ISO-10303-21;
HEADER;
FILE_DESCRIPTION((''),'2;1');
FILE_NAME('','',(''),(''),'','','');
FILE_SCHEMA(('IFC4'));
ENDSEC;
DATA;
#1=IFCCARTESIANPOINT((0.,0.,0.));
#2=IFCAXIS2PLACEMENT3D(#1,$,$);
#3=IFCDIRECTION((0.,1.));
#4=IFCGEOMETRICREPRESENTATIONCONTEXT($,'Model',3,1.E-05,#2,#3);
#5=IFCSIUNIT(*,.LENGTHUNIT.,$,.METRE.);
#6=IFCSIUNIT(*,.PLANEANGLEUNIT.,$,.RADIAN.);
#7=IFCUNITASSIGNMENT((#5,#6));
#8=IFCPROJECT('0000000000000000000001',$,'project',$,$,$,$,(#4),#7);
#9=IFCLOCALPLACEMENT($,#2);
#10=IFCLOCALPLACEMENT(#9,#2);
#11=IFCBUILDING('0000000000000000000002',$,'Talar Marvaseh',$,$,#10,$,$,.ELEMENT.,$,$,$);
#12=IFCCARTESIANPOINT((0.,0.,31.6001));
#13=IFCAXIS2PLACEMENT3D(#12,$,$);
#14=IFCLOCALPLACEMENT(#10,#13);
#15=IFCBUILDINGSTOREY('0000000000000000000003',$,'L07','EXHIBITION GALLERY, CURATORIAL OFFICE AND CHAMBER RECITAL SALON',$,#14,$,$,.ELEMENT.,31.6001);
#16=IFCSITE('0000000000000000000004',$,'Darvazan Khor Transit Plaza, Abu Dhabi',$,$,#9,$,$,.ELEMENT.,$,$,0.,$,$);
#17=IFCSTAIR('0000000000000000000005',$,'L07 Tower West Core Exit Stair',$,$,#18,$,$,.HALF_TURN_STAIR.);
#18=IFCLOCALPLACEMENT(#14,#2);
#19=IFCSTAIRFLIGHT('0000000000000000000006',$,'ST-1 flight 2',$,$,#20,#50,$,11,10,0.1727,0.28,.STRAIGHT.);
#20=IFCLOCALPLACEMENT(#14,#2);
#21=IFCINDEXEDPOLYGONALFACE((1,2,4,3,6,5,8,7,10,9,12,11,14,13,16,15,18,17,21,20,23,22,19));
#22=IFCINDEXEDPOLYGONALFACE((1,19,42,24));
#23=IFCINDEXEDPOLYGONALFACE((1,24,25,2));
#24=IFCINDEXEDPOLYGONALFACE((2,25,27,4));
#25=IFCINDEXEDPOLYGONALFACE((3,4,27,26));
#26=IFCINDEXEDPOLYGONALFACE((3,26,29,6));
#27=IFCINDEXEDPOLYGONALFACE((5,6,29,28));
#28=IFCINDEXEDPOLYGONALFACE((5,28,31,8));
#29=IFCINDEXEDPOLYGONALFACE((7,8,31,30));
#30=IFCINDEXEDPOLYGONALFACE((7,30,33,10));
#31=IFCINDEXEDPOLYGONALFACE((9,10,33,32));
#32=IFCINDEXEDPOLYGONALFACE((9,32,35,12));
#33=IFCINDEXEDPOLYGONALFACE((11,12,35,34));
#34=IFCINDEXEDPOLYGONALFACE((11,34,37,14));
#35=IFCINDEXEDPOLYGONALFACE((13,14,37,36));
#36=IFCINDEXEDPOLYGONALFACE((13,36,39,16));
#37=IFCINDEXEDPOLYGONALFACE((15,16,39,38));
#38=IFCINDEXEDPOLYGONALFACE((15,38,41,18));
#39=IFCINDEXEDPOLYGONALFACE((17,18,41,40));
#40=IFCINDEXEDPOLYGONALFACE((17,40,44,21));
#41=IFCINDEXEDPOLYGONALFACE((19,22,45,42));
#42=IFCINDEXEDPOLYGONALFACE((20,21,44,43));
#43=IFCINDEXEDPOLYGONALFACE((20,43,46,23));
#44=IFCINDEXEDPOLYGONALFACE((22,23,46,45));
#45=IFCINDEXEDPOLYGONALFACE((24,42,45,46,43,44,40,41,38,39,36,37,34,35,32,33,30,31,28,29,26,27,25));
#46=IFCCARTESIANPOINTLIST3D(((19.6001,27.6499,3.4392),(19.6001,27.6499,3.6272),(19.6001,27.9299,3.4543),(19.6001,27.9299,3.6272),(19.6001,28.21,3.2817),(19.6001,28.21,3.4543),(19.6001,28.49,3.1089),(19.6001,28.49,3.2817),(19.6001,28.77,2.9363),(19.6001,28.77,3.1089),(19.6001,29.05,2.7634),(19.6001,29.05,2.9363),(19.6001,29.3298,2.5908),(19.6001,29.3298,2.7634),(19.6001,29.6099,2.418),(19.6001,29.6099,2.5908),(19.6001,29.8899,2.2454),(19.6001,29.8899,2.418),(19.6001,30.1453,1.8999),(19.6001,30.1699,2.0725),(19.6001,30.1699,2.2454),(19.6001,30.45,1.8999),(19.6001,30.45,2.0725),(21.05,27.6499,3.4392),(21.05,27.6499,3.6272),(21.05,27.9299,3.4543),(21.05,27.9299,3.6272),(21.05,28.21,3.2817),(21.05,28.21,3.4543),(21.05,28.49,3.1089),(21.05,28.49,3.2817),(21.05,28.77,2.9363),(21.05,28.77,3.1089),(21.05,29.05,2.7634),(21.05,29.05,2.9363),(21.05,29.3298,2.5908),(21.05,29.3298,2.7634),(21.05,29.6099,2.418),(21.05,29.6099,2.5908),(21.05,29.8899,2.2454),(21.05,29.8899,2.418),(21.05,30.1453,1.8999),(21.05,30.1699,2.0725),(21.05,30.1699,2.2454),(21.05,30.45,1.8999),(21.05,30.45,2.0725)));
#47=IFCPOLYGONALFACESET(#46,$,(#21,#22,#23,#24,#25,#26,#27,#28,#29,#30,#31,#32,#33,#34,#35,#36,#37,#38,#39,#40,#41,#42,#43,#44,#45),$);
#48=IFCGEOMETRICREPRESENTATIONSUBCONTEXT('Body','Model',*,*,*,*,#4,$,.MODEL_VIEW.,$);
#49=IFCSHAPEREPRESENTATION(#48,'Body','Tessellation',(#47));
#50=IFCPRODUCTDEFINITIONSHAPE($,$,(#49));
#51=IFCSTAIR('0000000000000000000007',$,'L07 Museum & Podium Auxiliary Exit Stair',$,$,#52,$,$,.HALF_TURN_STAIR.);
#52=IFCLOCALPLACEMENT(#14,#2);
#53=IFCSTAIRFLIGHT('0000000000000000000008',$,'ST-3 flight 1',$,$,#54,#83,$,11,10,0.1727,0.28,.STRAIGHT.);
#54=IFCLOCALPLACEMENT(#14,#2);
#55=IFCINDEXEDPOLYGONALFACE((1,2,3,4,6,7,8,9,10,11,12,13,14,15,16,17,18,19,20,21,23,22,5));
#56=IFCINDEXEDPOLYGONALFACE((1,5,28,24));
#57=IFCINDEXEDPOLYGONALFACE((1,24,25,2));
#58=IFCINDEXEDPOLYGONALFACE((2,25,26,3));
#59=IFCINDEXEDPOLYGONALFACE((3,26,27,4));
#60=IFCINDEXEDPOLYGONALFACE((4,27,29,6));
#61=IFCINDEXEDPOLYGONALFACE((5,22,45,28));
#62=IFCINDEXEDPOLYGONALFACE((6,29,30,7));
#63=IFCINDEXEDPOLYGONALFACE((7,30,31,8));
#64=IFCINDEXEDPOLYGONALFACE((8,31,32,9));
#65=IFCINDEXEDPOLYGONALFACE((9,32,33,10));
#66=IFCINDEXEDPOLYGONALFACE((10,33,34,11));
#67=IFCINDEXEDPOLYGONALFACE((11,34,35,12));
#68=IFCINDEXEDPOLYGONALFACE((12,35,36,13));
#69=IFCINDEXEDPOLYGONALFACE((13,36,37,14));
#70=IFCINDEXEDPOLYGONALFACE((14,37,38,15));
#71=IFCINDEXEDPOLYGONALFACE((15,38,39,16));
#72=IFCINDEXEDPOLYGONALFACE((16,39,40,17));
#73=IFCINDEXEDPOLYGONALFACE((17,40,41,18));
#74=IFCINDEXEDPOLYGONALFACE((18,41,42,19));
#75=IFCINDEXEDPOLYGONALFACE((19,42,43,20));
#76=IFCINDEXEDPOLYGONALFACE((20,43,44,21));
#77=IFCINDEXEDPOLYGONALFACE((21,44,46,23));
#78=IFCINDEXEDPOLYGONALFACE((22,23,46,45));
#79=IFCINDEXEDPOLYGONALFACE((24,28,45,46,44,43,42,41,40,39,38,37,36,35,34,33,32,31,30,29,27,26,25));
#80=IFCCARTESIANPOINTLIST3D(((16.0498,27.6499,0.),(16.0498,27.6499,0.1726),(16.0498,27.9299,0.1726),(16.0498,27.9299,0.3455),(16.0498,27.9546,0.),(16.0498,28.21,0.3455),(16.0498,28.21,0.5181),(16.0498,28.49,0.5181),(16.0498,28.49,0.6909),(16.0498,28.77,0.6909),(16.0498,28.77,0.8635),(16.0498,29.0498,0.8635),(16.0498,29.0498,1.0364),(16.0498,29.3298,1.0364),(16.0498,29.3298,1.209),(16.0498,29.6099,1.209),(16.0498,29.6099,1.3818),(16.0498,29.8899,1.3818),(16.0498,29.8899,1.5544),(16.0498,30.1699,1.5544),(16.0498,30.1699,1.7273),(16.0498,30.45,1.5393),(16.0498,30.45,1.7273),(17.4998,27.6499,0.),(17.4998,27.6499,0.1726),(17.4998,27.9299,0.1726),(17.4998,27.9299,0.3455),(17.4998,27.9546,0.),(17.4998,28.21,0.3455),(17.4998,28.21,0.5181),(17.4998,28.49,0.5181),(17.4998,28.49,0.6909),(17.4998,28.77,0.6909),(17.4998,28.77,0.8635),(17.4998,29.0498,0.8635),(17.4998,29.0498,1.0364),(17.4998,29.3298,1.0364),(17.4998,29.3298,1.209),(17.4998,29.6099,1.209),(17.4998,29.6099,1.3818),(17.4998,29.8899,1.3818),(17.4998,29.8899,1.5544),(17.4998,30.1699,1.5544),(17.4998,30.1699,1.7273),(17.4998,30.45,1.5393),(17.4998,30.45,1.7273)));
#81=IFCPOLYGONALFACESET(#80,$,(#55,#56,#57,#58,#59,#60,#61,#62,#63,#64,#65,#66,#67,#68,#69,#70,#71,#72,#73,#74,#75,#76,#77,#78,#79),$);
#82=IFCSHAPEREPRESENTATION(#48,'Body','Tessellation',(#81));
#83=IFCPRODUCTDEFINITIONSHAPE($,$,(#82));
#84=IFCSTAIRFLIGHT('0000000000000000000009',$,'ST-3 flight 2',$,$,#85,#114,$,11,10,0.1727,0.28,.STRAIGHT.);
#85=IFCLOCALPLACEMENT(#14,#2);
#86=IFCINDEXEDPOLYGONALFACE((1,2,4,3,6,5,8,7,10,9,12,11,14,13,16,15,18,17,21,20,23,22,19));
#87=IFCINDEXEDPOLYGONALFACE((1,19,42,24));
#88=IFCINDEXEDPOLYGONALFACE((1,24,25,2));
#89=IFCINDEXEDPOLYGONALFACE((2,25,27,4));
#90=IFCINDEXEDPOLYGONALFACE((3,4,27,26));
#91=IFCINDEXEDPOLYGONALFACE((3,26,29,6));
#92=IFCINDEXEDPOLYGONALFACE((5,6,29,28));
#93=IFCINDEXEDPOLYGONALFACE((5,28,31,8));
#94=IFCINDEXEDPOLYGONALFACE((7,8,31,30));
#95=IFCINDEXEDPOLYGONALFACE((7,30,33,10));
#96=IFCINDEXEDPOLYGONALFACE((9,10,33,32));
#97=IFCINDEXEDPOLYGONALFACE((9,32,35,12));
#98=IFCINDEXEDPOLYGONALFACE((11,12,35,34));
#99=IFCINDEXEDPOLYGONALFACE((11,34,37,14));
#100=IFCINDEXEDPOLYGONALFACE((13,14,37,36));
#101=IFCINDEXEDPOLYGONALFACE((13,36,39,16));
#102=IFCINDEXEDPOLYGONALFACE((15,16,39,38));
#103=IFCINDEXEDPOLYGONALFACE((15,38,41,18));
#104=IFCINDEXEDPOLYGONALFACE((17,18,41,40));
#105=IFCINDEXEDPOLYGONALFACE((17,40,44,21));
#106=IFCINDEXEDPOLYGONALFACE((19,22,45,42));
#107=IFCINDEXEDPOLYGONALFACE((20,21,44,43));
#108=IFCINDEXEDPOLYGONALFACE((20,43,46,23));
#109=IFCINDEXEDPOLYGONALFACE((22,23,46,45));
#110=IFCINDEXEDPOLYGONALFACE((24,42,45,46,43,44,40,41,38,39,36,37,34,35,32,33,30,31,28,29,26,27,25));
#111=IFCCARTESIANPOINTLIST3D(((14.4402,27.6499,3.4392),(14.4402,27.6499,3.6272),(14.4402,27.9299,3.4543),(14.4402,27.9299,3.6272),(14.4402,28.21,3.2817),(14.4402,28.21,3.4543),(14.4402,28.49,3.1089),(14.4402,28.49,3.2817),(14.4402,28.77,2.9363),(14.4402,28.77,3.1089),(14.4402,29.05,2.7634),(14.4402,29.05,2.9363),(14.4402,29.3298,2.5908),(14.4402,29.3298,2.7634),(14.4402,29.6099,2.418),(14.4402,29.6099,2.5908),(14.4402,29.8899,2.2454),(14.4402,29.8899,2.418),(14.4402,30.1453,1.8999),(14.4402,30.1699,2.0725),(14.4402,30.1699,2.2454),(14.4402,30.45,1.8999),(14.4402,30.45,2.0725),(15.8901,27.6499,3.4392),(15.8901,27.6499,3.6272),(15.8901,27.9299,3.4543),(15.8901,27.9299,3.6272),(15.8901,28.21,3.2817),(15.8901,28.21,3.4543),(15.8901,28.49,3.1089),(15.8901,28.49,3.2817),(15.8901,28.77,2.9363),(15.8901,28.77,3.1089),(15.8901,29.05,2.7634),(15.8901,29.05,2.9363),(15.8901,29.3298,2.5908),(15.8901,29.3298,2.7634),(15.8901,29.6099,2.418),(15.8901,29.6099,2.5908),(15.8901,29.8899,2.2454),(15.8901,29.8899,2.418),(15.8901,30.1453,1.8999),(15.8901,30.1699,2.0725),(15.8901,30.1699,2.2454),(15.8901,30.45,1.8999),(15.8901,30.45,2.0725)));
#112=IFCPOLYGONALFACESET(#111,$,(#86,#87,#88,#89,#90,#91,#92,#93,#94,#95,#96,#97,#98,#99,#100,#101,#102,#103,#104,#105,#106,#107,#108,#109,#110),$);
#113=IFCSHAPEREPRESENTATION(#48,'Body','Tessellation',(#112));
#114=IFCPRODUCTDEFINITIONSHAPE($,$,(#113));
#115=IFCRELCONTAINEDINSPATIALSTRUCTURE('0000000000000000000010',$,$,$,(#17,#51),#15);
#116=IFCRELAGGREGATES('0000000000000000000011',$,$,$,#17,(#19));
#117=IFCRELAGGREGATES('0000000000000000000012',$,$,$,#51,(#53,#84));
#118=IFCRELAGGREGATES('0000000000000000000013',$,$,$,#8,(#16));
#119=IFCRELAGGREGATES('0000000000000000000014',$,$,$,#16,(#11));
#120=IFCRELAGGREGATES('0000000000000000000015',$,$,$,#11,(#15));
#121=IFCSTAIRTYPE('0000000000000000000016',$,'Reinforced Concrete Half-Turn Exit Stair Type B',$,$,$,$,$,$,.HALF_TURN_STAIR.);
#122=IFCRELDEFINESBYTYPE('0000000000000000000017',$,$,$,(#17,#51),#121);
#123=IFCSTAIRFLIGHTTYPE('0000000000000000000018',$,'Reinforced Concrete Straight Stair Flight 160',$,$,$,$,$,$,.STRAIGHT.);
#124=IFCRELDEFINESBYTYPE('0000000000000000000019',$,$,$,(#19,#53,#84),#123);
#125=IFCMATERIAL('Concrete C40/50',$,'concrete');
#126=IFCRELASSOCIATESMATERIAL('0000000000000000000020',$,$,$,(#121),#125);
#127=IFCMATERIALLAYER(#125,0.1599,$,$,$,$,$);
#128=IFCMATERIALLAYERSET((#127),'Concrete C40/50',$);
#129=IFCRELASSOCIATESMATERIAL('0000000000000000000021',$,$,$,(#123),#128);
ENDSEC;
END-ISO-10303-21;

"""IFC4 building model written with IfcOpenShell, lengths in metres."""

from ifc_helpers import new_model, si_unit, direction, frame, origin, place, context, subcontext, project, spatial, polyline, outline, extrude, material, layer, layer_set, type_object, element, aggregate, save


model = new_model("IFC4")

# Units and contexts
model_context = context("Model", 3, precision=1e-05, world=origin(), true_north=direction((0.0, 1.0)))
body_context = subcontext(model_context, "Body", "Model", "MODEL_VIEW")
ifc_project = project(units=[si_unit("LENGTHUNIT", "METRE"), si_unit("PLANEANGLEUNIT", "RADIAN")], contexts=[model_context])

# Site, building, storey
site_placement = place(None, origin())
site = spatial("IfcSite", under=ifc_project, at=site_placement, Name="Darvazan Khor Transit Plaza, Abu Dhabi", CompositionType="ELEMENT", RefElevation=0.0)
building_placement = place(site_placement, origin())
building = spatial("IfcBuilding", under=site, at=building_placement, Name="Talar Marvaseh", CompositionType="ELEMENT")
storey_placement = place(building_placement, frame((0.0, 0.0, 31.6001)))
storey = spatial("IfcBuildingStorey", under=building, at=storey_placement, Name="L07", Description="EXHIBITION GALLERY, CURATORIAL OFFICE AND CHAMBER RECITAL SALON", CompositionType="ELEMENT", Elevation=31.6001)

# Shared definitions
ifc_material_1 = material(Name="Concrete C40/50", Category="concrete")

# Stair, stair flight
stair_type = type_object("IfcStairType", Name="Reinforced Concrete Half-Turn Exit Stair Type B", PredefinedType="HALF_TURN_STAIR", material=ifc_material_1)
stair_1_placement = place(storey_placement, origin())
stair_1 = element("IfcStair", 1, at=stair_1_placement, inside=storey, type_object=stair_type, Name="L07 Tower West Core Exit Stair", PredefinedType="HALF_TURN_STAIR")
ifc_layer_1 = layer(ifc_material_1, 0.1599)
ifc_layer_set_1 = layer_set([ifc_layer_1], Name="Concrete C40/50")
stair_flight_type = type_object("IfcStairFlightType", Name="Reinforced Concrete Straight Stair Flight 160", PredefinedType="STRAIGHT", material=ifc_layer_set_1)
stair_flight_1_placement = place(storey_placement, frame((20.325, 30.45, 1.8999), z_axis=(0.0, 0.0, 1.0), x_axis=(0.0, -1.0, 0.0)))
stair_flight_1 = element("IfcStairFlight", 2, at=stair_flight_1_placement, type_object=stair_flight_type, Name="ST-1 flight 2", NumberOfRisers=11, NumberOfTreads=10, PredefinedType="STRAIGHT", RiserHeight=0.1727, TreadLength=0.28, context=body_context, shape_type="SweptSolid", body=[
    extrude(outline(polyline([(0.0, 0.0), (0.0, 0.1726), (0.28, 0.1726), (0.28, 0.3455), (0.5601, 0.3455), (0.5601, 0.5181), (0.8401, 0.5181), (0.8401, 0.6909), (1.1201, 0.6909), (1.1201, 0.8635), (1.3999, 0.8635), (1.3999, 1.0364), (1.6799, 1.0364), (1.6799, 1.209), (1.96, 1.209), (1.96, 1.3818), (2.24, 1.3818), (2.24, 1.5544), (2.52, 1.5544), (2.52, 1.7273), (2.8, 1.7273), (2.8, 1.8999), (2.8, 1.5393), (0.3047, 0.0), (0.0, 0.0)])), frame((0.0, 0.7251, 0.0), z_axis=(0.0, -1.0, 0.0), x_axis=(1.0, 0.0, 0.0)), (0.0, 0.0, 1.0), 1.45),
])
aggregate(stair_1, [stair_flight_1])

# Stair, stair flights
stair_2_placement = place(storey_placement, origin())
stair_2 = element("IfcStair", 3, at=stair_2_placement, inside=storey, type_object=stair_type, Name="L07 Museum & Podium Auxiliary Exit Stair", PredefinedType="HALF_TURN_STAIR")
stair_flight_2_placement = place(storey_placement, frame((16.7749, 27.6499, 0.0), z_axis=(0.0, 0.0, 1.0), x_axis=(0.0, 1.0, 0.0)))
stair_flight_2 = element("IfcStairFlight", 4, at=stair_flight_2_placement, type_object=stair_flight_type, Name="ST-3 flight 1", NumberOfRisers=11, NumberOfTreads=10, PredefinedType="STRAIGHT", RiserHeight=0.1727, TreadLength=0.28, context=body_context, shape_type="SweptSolid", body=[
    extrude(outline(polyline([(0.0, 0.0), (0.0, 0.1726), (0.28, 0.1726), (0.28, 0.3455), (0.5601, 0.3455), (0.5601, 0.5181), (0.8401, 0.5181), (0.8401, 0.6909), (1.1201, 0.6909), (1.1201, 0.8635), (1.3999, 0.8635), (1.3999, 1.0364), (1.6799, 1.0364), (1.6799, 1.209), (1.96, 1.209), (1.96, 1.3818), (2.24, 1.3818), (2.24, 1.5544), (2.52, 1.5544), (2.52, 1.7273), (2.8, 1.7273), (2.8, 1.8999), (2.8, 1.5393), (0.3047, 0.0), (0.0, 0.0)])), frame((0.0, 0.7251, 0.0), z_axis=(0.0, -1.0, 0.0), x_axis=(1.0, 0.0, 0.0)), (0.0, 0.0, 1.0), 1.45),
])
stair_flight_3_placement = place(storey_placement, frame((15.165, 30.45, 1.8999), z_axis=(0.0, 0.0, 1.0), x_axis=(0.0, -1.0, 0.0)))
stair_flight_3 = element("IfcStairFlight", 5, at=stair_flight_3_placement, type_object=stair_flight_type, Name="ST-3 flight 2", NumberOfRisers=11, NumberOfTreads=10, PredefinedType="STRAIGHT", RiserHeight=0.1727, TreadLength=0.28, context=body_context, shape_type="SweptSolid", body=[
    extrude(outline(polyline([(0.0, 0.0), (0.0, 0.1726), (0.28, 0.1726), (0.28, 0.3455), (0.5601, 0.3455), (0.5601, 0.5181), (0.8401, 0.5181), (0.8401, 0.6909), (1.1201, 0.6909), (1.1201, 0.8635), (1.3999, 0.8635), (1.3999, 1.0364), (1.6799, 1.0364), (1.6799, 1.209), (1.96, 1.209), (1.96, 1.3818), (2.24, 1.3818), (2.24, 1.5544), (2.52, 1.5544), (2.52, 1.7273), (2.8, 1.7273), (2.8, 1.8999), (2.8, 1.5393), (0.3047, 0.0), (0.0, 0.0)])), frame((0.0, 0.7251, 0.0), z_axis=(0.0, -1.0, 0.0), x_axis=(1.0, 0.0, 0.0)), (0.0, 0.0, 1.0), 1.45),
])
aggregate(stair_2, [stair_flight_2, stair_flight_3])

save(model, "model.ifc")
